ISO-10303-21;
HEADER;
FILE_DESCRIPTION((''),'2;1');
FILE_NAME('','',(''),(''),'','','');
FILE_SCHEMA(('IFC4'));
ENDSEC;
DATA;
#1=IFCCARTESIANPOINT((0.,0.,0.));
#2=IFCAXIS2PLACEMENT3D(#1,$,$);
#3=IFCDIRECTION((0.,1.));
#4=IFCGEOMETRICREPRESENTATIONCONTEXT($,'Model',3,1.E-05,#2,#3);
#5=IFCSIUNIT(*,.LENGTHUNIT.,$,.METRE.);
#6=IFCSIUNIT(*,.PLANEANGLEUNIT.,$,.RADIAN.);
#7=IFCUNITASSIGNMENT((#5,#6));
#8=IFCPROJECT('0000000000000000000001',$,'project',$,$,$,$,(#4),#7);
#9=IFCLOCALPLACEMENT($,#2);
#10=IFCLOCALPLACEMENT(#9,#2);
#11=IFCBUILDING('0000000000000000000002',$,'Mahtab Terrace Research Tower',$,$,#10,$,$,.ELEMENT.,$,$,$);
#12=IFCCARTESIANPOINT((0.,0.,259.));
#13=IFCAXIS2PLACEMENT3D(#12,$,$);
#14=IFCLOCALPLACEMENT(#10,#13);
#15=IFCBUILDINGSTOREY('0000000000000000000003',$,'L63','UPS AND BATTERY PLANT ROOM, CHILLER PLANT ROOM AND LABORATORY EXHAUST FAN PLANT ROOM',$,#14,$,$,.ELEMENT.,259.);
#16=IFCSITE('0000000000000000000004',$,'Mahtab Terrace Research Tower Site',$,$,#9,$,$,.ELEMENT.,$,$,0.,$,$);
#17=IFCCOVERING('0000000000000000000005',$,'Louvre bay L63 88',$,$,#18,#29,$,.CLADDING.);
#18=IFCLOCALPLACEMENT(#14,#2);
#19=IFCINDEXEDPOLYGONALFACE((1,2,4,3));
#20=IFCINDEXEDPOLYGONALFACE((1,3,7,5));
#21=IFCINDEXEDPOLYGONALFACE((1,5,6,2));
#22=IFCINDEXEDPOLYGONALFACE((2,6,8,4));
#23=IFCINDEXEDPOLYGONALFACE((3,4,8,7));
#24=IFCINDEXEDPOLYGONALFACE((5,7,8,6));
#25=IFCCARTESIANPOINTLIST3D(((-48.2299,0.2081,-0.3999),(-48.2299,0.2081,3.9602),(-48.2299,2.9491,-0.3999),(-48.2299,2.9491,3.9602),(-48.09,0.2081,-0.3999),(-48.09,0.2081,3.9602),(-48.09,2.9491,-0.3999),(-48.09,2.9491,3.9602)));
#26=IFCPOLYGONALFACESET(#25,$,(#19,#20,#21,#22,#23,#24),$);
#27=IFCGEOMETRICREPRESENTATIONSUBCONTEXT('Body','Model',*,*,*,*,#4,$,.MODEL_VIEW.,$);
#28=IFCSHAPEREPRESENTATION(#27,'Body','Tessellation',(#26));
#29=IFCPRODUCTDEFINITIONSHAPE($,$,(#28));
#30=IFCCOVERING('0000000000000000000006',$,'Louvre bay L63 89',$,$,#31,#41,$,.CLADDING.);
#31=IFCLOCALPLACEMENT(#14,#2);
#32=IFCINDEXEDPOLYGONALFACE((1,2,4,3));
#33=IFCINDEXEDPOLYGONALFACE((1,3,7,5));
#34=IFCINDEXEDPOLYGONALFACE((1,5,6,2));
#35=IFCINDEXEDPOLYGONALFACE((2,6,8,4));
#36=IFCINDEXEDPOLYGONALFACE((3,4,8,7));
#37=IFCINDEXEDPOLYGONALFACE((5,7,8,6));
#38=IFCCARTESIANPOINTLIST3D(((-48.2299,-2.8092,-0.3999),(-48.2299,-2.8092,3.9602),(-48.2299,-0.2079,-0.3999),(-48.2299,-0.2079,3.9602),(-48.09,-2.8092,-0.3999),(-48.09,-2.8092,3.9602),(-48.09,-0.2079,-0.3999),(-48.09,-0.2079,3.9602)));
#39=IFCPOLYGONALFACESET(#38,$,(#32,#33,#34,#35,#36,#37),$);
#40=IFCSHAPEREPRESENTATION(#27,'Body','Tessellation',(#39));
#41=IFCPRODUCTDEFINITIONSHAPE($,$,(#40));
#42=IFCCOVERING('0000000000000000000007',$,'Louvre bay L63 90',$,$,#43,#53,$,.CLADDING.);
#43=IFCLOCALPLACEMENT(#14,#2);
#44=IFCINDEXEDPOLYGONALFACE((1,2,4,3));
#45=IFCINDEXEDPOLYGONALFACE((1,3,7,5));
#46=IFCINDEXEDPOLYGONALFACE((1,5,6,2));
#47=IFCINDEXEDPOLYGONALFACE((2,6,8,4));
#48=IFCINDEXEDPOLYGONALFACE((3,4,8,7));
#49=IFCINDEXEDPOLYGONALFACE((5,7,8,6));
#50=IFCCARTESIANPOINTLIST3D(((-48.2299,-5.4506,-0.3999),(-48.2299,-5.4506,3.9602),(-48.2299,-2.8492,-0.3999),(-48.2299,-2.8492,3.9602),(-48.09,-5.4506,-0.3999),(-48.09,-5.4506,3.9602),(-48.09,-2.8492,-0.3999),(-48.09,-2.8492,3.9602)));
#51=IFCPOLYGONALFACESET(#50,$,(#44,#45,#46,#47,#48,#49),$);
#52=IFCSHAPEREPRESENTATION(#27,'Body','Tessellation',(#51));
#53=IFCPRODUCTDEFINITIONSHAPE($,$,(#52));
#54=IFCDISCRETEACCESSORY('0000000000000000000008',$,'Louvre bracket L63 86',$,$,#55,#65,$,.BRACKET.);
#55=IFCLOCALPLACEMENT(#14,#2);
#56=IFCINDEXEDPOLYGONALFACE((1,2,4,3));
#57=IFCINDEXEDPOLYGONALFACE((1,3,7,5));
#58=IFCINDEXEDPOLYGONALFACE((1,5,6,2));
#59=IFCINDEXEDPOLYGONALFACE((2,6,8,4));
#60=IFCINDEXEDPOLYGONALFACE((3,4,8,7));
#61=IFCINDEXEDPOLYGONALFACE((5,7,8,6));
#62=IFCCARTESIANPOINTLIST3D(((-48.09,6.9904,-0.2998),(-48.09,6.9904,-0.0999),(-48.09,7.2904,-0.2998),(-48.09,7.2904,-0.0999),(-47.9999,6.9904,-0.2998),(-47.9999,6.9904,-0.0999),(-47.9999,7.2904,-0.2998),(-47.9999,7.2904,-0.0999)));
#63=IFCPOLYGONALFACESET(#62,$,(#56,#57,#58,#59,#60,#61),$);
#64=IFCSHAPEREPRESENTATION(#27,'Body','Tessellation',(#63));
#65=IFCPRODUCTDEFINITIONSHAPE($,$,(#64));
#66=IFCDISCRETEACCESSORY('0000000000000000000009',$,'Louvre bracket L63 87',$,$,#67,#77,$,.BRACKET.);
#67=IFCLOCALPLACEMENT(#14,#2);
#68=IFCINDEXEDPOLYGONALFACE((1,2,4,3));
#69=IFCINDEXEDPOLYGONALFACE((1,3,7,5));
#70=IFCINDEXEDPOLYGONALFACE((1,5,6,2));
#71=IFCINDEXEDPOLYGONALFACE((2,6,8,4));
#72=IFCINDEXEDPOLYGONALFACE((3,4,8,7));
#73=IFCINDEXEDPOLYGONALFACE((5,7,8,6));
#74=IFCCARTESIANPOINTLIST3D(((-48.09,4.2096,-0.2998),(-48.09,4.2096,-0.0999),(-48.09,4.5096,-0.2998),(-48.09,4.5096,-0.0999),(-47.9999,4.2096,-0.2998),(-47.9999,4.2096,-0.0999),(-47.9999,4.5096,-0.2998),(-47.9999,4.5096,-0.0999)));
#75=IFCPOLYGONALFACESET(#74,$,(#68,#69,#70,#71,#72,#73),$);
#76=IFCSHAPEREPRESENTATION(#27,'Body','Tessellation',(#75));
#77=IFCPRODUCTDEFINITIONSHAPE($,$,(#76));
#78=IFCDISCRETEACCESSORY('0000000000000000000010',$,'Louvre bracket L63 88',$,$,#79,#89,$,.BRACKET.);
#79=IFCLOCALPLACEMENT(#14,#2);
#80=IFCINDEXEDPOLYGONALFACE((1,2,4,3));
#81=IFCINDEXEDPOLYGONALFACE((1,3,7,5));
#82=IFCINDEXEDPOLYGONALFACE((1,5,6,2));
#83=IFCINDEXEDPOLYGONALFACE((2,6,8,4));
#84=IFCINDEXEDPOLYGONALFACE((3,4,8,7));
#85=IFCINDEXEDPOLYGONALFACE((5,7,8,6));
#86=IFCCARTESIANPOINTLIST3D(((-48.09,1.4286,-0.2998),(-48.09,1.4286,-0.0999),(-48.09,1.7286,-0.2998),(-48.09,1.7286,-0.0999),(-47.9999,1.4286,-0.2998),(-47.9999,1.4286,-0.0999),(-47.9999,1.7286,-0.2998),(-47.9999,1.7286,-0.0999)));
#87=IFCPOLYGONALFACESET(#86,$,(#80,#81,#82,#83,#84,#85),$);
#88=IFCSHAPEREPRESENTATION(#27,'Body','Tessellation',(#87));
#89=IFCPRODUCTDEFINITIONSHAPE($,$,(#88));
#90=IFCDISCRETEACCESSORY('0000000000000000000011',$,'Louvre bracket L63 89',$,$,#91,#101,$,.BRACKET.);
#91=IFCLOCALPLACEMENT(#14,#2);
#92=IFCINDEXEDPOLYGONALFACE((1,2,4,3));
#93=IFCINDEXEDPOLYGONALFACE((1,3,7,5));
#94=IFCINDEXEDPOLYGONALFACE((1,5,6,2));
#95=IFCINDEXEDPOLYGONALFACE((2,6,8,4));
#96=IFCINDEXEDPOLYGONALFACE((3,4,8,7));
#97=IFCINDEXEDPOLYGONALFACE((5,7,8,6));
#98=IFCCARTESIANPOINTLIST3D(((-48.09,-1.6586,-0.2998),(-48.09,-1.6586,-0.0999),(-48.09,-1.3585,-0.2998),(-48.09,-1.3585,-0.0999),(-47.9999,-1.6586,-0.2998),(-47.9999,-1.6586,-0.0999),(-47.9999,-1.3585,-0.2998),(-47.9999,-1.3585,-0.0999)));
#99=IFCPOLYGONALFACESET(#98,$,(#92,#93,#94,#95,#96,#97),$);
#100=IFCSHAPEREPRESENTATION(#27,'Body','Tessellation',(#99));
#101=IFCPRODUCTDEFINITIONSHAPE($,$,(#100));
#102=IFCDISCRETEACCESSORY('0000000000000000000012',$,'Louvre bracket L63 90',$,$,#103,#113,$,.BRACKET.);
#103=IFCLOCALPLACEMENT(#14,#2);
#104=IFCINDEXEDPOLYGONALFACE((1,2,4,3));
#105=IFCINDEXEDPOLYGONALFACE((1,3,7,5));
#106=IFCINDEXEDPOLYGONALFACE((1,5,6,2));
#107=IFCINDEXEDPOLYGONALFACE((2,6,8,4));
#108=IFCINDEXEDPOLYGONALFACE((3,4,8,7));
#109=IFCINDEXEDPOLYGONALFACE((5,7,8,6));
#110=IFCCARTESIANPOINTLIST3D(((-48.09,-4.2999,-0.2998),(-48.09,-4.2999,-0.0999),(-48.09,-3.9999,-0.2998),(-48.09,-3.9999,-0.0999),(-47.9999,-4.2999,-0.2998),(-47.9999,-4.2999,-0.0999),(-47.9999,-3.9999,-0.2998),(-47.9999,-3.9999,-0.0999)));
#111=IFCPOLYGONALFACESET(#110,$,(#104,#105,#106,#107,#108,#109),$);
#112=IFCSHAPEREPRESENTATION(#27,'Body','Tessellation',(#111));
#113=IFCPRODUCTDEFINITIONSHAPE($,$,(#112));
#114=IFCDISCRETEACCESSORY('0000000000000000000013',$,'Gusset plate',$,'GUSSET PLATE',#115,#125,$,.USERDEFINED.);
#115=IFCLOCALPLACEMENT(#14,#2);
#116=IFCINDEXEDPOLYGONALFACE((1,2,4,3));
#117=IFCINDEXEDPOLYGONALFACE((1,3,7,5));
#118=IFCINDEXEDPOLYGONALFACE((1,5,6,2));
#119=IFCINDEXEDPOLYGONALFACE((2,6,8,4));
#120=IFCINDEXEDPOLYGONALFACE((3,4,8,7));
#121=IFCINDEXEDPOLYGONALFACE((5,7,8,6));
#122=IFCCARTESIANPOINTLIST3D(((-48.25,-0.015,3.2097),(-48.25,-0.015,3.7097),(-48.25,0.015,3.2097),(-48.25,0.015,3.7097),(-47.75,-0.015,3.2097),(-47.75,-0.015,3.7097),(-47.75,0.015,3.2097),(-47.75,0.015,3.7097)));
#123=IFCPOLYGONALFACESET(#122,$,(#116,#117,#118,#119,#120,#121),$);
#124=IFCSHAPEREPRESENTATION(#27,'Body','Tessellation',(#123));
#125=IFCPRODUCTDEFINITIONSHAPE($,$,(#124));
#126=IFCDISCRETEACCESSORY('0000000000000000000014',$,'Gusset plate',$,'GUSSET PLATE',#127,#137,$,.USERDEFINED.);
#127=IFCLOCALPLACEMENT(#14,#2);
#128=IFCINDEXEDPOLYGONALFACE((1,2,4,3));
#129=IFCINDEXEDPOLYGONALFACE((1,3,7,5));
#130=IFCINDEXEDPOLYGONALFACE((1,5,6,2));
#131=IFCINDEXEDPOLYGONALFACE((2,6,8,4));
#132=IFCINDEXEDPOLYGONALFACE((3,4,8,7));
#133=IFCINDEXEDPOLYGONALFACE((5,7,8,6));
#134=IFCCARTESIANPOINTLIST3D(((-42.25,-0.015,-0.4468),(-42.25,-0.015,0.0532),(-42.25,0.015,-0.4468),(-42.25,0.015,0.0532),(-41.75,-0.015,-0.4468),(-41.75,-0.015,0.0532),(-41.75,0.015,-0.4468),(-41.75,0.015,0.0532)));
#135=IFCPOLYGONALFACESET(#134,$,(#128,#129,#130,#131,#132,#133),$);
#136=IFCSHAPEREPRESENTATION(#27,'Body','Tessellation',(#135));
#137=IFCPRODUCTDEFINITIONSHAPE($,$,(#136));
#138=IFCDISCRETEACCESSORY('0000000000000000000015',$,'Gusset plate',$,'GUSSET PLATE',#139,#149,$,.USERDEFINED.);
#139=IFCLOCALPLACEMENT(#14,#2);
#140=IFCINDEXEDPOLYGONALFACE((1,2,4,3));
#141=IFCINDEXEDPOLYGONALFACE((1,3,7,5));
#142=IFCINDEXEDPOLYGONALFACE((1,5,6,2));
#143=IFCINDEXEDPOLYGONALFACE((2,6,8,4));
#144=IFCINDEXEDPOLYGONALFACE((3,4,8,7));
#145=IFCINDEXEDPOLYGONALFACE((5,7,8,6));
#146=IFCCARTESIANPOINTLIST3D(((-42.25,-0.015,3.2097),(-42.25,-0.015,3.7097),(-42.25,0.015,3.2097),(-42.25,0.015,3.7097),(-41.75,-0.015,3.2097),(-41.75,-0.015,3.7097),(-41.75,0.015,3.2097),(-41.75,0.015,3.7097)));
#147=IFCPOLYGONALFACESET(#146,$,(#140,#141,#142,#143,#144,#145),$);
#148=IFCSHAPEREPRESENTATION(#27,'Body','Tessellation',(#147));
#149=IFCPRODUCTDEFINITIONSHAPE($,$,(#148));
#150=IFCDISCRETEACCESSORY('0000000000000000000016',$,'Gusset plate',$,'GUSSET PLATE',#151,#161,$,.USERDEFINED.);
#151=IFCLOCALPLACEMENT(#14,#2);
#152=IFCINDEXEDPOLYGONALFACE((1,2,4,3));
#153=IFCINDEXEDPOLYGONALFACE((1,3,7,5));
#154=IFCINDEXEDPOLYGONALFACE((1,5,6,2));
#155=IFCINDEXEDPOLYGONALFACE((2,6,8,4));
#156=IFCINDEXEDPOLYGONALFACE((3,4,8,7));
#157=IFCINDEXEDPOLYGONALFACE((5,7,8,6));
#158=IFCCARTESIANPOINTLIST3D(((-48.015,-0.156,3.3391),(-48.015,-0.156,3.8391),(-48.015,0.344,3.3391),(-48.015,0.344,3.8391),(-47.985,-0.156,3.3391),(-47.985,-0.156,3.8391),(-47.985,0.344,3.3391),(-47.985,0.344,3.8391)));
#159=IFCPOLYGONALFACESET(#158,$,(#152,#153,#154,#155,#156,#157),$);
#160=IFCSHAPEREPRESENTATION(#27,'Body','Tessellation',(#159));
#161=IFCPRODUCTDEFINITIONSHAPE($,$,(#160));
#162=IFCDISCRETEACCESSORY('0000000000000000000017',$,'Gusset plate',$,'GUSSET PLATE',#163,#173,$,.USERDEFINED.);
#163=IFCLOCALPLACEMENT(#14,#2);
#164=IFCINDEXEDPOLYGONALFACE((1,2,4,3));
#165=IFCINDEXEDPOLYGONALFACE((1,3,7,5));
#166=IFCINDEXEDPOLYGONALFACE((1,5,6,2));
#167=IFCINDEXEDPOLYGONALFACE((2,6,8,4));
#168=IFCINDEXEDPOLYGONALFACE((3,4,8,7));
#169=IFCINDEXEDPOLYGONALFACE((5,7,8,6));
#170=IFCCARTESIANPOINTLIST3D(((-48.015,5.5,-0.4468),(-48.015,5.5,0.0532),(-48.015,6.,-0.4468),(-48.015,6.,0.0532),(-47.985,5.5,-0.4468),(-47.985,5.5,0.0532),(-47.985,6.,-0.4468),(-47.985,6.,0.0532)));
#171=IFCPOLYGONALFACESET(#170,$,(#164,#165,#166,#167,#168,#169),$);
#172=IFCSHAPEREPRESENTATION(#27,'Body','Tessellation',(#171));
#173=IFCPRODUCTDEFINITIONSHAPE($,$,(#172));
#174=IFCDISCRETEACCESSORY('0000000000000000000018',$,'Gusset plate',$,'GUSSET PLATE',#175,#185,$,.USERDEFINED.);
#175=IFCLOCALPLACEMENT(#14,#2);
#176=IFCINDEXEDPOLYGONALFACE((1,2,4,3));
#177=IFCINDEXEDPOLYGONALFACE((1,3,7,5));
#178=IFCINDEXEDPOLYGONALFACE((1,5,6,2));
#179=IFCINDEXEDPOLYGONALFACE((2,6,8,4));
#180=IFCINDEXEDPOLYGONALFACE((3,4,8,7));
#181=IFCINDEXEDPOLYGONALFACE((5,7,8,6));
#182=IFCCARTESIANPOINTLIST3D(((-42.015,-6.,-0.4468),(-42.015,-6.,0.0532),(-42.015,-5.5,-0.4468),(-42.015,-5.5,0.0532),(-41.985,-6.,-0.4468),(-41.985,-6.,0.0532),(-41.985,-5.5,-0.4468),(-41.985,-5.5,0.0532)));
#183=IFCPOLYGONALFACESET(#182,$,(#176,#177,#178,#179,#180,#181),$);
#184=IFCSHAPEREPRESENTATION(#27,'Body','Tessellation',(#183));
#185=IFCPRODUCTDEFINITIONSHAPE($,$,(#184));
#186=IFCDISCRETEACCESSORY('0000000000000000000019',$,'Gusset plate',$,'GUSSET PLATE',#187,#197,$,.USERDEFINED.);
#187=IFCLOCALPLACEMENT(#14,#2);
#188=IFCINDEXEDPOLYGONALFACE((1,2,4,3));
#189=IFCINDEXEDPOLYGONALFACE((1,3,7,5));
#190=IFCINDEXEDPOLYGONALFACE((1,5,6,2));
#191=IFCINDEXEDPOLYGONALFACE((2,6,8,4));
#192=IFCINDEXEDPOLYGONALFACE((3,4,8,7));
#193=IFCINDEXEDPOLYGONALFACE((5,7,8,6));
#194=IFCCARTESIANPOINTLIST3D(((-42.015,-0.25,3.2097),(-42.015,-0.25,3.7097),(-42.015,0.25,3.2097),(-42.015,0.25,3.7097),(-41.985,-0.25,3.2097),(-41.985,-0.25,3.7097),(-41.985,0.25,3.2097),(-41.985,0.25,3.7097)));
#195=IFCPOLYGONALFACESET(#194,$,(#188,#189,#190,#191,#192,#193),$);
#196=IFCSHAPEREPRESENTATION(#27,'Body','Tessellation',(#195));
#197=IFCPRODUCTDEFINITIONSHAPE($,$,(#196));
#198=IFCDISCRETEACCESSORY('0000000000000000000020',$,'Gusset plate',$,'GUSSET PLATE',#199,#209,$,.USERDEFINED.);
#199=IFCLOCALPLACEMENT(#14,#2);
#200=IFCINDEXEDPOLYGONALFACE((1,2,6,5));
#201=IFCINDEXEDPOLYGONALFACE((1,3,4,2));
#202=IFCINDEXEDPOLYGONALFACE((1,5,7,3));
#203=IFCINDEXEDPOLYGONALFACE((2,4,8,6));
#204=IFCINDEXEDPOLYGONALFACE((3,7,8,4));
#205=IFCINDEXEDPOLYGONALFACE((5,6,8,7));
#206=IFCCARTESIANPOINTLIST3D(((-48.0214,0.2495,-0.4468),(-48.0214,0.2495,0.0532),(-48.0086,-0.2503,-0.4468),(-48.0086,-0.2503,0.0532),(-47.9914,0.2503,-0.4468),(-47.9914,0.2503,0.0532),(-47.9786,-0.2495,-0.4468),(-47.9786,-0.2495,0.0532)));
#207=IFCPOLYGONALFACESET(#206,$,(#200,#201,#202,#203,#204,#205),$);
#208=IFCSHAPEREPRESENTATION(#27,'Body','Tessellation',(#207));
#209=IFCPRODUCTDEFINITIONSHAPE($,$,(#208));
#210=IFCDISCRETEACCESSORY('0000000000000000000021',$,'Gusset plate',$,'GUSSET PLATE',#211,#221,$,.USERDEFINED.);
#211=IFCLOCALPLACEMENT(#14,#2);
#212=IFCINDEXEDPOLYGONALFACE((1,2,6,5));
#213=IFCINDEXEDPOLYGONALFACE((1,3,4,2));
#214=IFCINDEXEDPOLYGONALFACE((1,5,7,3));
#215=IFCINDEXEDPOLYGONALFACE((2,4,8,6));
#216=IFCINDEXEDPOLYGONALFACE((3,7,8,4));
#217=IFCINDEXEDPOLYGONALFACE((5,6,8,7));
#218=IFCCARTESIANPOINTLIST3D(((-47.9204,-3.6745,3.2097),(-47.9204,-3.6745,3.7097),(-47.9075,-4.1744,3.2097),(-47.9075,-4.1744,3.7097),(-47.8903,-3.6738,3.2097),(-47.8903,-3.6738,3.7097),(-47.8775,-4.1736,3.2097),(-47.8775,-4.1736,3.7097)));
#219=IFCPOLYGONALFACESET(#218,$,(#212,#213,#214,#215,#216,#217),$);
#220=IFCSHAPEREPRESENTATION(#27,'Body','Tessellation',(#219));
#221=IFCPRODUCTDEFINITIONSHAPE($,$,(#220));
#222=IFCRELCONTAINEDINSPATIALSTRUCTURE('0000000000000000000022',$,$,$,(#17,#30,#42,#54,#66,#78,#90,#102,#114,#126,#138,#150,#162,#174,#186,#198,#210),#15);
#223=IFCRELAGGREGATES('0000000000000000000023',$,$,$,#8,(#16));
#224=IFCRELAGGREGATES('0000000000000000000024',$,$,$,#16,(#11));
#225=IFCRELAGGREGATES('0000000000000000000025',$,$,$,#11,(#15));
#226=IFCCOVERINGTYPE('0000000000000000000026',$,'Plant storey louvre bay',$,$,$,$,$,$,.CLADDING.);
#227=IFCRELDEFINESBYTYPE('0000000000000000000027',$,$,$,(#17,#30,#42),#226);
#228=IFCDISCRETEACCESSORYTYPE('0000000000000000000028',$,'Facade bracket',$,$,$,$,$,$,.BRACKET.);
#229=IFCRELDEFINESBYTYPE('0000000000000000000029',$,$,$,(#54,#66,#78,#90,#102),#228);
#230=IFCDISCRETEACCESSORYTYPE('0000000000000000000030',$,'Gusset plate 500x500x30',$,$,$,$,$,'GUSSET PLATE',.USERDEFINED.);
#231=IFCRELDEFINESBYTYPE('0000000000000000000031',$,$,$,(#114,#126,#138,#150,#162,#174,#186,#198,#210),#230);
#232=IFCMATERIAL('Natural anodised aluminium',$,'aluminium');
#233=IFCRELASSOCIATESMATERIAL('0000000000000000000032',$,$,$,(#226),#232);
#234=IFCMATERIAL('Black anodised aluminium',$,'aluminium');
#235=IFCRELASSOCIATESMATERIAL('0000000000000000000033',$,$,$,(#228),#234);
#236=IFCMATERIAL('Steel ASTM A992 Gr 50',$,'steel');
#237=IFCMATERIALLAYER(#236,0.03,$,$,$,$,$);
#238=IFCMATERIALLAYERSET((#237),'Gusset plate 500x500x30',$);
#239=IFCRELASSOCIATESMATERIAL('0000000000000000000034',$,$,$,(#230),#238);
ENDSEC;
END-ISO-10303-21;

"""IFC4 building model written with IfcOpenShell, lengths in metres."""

from ifc_helpers import new_model, si_unit, direction, frame, origin, origin_2d, place, context, subcontext, project, spatial, rectangle, extrude, material, layer, layer_set, type_object, element, save


model = new_model("IFC4")

# Units and contexts
model_context = context("Model", 3, precision=1e-05, world=origin(), true_north=direction((0.0, 1.0)))
body_context = subcontext(model_context, "Body", "Model", "MODEL_VIEW")
ifc_project = project(units=[si_unit("LENGTHUNIT", "METRE"), si_unit("PLANEANGLEUNIT", "RADIAN")], contexts=[model_context])

# Site, building, storey
site_placement = place(None, origin())
site = spatial("IfcSite", under=ifc_project, at=site_placement, Name="Mahtab Terrace Research Tower Site", CompositionType="ELEMENT", RefElevation=0.0)
building_placement = place(site_placement, origin())
building = spatial("IfcBuilding", under=site, at=building_placement, Name="Mahtab Terrace Research Tower", CompositionType="ELEMENT")
storey_placement = place(building_placement, frame((0.0, 0.0, 259.0)))
storey = spatial("IfcBuildingStorey", under=building, at=storey_placement, Name="L63", Description="UPS AND BATTERY PLANT ROOM, CHILLER PLANT ROOM AND LABORATORY EXHAUST FAN PLANT ROOM", CompositionType="ELEMENT", Elevation=259.0)

# Shared definitions
ifc_material_1 = material(Name="Steel ASTM A992 Gr 50", Category="steel")

# Coverings
ifc_material_2 = material(Name="Natural anodised aluminium", Category="aluminium")
covering_type = type_object("IfcCoveringType", Name="Plant storey louvre bay", PredefinedType="CLADDING", material=ifc_material_2)
for number, where, z_axis, x_axis, name in (
    (1, (-48.1599, 1.5786, -0.3999), (0.0, 0.0, 1.0), (0.0, -1.0, 0.0), "Louvre bay L63 88"),
):
    element("IfcCovering", number, at=place(storey_placement, frame(where, z_axis=z_axis, x_axis=x_axis)), inside=storey, type_object=covering_type, Name=name, PredefinedType="CLADDING", context=body_context, shape_type="SweptSolid", body=[
        extrude(rectangle(XDim=2.741, YDim=0.1399, at=origin_2d()), origin(), (0.0, 0.0, 1.0), 4.3601),
    ])
for number, where, z_axis, x_axis, name in (
    (2, (-48.1599, -1.5085, -0.3999), (0.0, 0.0, 1.0), (0.0, -1.0, 0.0), "Louvre bay L63 89"),
    (3, (-48.1599, -4.1499, -0.3999), (0.0, 0.0, 1.0), (0.0, -1.0, 0.0), "Louvre bay L63 90"),
):
    element("IfcCovering", number, at=place(storey_placement, frame(where, z_axis=z_axis, x_axis=x_axis)), inside=storey, type_object=covering_type, Name=name, PredefinedType="CLADDING", context=body_context, shape_type="SweptSolid", body=[
        extrude(rectangle(XDim=2.6013, YDim=0.1399, at=origin_2d()), origin(), (0.0, 0.0, 1.0), 4.3601),
    ])

# Discrete accessories
ifc_material_3 = material(Name="Black anodised aluminium", Category="aluminium")
discrete_accessory_type_1 = type_object("IfcDiscreteAccessoryType", Name="Facade bracket", PredefinedType="BRACKET", material=ifc_material_3)
for number, where, z_axis, x_axis, name in (
    (4, (-48.0449, 7.1404, -0.2998), (0.0, 0.0, 1.0), (0.0, -1.0, 0.0), "Louvre bracket L63 86"),
    (5, (-48.0449, 4.3596, -0.2998), (0.0, 0.0, 1.0), (0.0, -1.0, 0.0), "Louvre bracket L63 87"),
    (6, (-48.0449, 1.5786, -0.2998), (0.0, 0.0, 1.0), (0.0, -1.0, 0.0), "Louvre bracket L63 88"),
    (7, (-48.0449, -1.5085, -0.2998), (0.0, 0.0, 1.0), (0.0, -1.0, 0.0), "Louvre bracket L63 89"),
    (8, (-48.0449, -4.1499, -0.2998), (0.0, 0.0, 1.0), (0.0, -1.0, 0.0), "Louvre bracket L63 90"),
):
    element("IfcDiscreteAccessory", number, at=place(storey_placement, frame(where, z_axis=z_axis, x_axis=x_axis)), inside=storey, type_object=discrete_accessory_type_1, Name=name, PredefinedType="BRACKET", context=body_context, shape_type="SweptSolid", body=[
        extrude(rectangle(XDim=0.3, YDim=0.0901, at=origin_2d()), origin(), (0.0, 0.0, 1.0), 0.2),
    ])
ifc_layer_1 = layer(ifc_material_1, 0.03)
ifc_layer_set_1 = layer_set([ifc_layer_1], Name="Gusset plate 500x500x30")
discrete_accessory_type_2 = type_object("IfcDiscreteAccessoryType", Name="Gusset plate 500x500x30", ElementType="GUSSET PLATE", PredefinedType="USERDEFINED", material=ifc_layer_set_1)
for number, where, z_axis, x_axis, name in (
    (9, (-48.0, 0.0, 3.2097), (0.0, 0.0, 1.0), (1.0, 0.0, 0.0), "Gusset plate"),
    (10, (-42.0, 0.0, -0.4468), (0.0, 0.0, 1.0), (1.0, 0.0, 0.0), "Gusset plate"),
    (11, (-42.0, 0.0, 3.2097), (0.0, 0.0, 1.0), (1.0, 0.0, 0.0), "Gusset plate"),
    (12, (-48.0, 0.094, 3.3391), (0.0, 0.0, 1.0), (0.0, 1.0, 0.0), "Gusset plate"),
    (13, (-48.0, 5.75, -0.4468), (0.0, 0.0, 1.0), (0.0, 1.0, 0.0), "Gusset plate"),
    (14, (-42.0, -5.75, -0.4468), (0.0, 0.0, 1.0), (0.0, 1.0, 0.0), "Gusset plate"),
    (15, (-42.0, 0.0, 3.2097), (0.0, 0.0, 1.0), (0.0, 1.0, 0.0), "Gusset plate"),
    (16, (-48.0, 0.0, -0.4468), (0.0, 0.0, 1.0), (-0.025723, 0.999669, 0.0), "Gusset plate"),
    (17, (-47.8989, -3.9241, 3.2097), (0.0, 0.0, 1.0), (-0.025723, 0.999669, 0.0), "Gusset plate"),
):
    element("IfcDiscreteAccessory", number, at=place(storey_placement, frame(where, z_axis=z_axis, x_axis=x_axis)), inside=storey, type_object=discrete_accessory_type_2, Name=name, ObjectType="GUSSET PLATE", PredefinedType="USERDEFINED", context=body_context, shape_type="SweptSolid", body=[
        extrude(rectangle(XDim=0.5, YDim=0.03, at=origin_2d()), origin(), (0.0, 0.0, 1.0), 0.5),
    ])

save(model, "model.ifc")
